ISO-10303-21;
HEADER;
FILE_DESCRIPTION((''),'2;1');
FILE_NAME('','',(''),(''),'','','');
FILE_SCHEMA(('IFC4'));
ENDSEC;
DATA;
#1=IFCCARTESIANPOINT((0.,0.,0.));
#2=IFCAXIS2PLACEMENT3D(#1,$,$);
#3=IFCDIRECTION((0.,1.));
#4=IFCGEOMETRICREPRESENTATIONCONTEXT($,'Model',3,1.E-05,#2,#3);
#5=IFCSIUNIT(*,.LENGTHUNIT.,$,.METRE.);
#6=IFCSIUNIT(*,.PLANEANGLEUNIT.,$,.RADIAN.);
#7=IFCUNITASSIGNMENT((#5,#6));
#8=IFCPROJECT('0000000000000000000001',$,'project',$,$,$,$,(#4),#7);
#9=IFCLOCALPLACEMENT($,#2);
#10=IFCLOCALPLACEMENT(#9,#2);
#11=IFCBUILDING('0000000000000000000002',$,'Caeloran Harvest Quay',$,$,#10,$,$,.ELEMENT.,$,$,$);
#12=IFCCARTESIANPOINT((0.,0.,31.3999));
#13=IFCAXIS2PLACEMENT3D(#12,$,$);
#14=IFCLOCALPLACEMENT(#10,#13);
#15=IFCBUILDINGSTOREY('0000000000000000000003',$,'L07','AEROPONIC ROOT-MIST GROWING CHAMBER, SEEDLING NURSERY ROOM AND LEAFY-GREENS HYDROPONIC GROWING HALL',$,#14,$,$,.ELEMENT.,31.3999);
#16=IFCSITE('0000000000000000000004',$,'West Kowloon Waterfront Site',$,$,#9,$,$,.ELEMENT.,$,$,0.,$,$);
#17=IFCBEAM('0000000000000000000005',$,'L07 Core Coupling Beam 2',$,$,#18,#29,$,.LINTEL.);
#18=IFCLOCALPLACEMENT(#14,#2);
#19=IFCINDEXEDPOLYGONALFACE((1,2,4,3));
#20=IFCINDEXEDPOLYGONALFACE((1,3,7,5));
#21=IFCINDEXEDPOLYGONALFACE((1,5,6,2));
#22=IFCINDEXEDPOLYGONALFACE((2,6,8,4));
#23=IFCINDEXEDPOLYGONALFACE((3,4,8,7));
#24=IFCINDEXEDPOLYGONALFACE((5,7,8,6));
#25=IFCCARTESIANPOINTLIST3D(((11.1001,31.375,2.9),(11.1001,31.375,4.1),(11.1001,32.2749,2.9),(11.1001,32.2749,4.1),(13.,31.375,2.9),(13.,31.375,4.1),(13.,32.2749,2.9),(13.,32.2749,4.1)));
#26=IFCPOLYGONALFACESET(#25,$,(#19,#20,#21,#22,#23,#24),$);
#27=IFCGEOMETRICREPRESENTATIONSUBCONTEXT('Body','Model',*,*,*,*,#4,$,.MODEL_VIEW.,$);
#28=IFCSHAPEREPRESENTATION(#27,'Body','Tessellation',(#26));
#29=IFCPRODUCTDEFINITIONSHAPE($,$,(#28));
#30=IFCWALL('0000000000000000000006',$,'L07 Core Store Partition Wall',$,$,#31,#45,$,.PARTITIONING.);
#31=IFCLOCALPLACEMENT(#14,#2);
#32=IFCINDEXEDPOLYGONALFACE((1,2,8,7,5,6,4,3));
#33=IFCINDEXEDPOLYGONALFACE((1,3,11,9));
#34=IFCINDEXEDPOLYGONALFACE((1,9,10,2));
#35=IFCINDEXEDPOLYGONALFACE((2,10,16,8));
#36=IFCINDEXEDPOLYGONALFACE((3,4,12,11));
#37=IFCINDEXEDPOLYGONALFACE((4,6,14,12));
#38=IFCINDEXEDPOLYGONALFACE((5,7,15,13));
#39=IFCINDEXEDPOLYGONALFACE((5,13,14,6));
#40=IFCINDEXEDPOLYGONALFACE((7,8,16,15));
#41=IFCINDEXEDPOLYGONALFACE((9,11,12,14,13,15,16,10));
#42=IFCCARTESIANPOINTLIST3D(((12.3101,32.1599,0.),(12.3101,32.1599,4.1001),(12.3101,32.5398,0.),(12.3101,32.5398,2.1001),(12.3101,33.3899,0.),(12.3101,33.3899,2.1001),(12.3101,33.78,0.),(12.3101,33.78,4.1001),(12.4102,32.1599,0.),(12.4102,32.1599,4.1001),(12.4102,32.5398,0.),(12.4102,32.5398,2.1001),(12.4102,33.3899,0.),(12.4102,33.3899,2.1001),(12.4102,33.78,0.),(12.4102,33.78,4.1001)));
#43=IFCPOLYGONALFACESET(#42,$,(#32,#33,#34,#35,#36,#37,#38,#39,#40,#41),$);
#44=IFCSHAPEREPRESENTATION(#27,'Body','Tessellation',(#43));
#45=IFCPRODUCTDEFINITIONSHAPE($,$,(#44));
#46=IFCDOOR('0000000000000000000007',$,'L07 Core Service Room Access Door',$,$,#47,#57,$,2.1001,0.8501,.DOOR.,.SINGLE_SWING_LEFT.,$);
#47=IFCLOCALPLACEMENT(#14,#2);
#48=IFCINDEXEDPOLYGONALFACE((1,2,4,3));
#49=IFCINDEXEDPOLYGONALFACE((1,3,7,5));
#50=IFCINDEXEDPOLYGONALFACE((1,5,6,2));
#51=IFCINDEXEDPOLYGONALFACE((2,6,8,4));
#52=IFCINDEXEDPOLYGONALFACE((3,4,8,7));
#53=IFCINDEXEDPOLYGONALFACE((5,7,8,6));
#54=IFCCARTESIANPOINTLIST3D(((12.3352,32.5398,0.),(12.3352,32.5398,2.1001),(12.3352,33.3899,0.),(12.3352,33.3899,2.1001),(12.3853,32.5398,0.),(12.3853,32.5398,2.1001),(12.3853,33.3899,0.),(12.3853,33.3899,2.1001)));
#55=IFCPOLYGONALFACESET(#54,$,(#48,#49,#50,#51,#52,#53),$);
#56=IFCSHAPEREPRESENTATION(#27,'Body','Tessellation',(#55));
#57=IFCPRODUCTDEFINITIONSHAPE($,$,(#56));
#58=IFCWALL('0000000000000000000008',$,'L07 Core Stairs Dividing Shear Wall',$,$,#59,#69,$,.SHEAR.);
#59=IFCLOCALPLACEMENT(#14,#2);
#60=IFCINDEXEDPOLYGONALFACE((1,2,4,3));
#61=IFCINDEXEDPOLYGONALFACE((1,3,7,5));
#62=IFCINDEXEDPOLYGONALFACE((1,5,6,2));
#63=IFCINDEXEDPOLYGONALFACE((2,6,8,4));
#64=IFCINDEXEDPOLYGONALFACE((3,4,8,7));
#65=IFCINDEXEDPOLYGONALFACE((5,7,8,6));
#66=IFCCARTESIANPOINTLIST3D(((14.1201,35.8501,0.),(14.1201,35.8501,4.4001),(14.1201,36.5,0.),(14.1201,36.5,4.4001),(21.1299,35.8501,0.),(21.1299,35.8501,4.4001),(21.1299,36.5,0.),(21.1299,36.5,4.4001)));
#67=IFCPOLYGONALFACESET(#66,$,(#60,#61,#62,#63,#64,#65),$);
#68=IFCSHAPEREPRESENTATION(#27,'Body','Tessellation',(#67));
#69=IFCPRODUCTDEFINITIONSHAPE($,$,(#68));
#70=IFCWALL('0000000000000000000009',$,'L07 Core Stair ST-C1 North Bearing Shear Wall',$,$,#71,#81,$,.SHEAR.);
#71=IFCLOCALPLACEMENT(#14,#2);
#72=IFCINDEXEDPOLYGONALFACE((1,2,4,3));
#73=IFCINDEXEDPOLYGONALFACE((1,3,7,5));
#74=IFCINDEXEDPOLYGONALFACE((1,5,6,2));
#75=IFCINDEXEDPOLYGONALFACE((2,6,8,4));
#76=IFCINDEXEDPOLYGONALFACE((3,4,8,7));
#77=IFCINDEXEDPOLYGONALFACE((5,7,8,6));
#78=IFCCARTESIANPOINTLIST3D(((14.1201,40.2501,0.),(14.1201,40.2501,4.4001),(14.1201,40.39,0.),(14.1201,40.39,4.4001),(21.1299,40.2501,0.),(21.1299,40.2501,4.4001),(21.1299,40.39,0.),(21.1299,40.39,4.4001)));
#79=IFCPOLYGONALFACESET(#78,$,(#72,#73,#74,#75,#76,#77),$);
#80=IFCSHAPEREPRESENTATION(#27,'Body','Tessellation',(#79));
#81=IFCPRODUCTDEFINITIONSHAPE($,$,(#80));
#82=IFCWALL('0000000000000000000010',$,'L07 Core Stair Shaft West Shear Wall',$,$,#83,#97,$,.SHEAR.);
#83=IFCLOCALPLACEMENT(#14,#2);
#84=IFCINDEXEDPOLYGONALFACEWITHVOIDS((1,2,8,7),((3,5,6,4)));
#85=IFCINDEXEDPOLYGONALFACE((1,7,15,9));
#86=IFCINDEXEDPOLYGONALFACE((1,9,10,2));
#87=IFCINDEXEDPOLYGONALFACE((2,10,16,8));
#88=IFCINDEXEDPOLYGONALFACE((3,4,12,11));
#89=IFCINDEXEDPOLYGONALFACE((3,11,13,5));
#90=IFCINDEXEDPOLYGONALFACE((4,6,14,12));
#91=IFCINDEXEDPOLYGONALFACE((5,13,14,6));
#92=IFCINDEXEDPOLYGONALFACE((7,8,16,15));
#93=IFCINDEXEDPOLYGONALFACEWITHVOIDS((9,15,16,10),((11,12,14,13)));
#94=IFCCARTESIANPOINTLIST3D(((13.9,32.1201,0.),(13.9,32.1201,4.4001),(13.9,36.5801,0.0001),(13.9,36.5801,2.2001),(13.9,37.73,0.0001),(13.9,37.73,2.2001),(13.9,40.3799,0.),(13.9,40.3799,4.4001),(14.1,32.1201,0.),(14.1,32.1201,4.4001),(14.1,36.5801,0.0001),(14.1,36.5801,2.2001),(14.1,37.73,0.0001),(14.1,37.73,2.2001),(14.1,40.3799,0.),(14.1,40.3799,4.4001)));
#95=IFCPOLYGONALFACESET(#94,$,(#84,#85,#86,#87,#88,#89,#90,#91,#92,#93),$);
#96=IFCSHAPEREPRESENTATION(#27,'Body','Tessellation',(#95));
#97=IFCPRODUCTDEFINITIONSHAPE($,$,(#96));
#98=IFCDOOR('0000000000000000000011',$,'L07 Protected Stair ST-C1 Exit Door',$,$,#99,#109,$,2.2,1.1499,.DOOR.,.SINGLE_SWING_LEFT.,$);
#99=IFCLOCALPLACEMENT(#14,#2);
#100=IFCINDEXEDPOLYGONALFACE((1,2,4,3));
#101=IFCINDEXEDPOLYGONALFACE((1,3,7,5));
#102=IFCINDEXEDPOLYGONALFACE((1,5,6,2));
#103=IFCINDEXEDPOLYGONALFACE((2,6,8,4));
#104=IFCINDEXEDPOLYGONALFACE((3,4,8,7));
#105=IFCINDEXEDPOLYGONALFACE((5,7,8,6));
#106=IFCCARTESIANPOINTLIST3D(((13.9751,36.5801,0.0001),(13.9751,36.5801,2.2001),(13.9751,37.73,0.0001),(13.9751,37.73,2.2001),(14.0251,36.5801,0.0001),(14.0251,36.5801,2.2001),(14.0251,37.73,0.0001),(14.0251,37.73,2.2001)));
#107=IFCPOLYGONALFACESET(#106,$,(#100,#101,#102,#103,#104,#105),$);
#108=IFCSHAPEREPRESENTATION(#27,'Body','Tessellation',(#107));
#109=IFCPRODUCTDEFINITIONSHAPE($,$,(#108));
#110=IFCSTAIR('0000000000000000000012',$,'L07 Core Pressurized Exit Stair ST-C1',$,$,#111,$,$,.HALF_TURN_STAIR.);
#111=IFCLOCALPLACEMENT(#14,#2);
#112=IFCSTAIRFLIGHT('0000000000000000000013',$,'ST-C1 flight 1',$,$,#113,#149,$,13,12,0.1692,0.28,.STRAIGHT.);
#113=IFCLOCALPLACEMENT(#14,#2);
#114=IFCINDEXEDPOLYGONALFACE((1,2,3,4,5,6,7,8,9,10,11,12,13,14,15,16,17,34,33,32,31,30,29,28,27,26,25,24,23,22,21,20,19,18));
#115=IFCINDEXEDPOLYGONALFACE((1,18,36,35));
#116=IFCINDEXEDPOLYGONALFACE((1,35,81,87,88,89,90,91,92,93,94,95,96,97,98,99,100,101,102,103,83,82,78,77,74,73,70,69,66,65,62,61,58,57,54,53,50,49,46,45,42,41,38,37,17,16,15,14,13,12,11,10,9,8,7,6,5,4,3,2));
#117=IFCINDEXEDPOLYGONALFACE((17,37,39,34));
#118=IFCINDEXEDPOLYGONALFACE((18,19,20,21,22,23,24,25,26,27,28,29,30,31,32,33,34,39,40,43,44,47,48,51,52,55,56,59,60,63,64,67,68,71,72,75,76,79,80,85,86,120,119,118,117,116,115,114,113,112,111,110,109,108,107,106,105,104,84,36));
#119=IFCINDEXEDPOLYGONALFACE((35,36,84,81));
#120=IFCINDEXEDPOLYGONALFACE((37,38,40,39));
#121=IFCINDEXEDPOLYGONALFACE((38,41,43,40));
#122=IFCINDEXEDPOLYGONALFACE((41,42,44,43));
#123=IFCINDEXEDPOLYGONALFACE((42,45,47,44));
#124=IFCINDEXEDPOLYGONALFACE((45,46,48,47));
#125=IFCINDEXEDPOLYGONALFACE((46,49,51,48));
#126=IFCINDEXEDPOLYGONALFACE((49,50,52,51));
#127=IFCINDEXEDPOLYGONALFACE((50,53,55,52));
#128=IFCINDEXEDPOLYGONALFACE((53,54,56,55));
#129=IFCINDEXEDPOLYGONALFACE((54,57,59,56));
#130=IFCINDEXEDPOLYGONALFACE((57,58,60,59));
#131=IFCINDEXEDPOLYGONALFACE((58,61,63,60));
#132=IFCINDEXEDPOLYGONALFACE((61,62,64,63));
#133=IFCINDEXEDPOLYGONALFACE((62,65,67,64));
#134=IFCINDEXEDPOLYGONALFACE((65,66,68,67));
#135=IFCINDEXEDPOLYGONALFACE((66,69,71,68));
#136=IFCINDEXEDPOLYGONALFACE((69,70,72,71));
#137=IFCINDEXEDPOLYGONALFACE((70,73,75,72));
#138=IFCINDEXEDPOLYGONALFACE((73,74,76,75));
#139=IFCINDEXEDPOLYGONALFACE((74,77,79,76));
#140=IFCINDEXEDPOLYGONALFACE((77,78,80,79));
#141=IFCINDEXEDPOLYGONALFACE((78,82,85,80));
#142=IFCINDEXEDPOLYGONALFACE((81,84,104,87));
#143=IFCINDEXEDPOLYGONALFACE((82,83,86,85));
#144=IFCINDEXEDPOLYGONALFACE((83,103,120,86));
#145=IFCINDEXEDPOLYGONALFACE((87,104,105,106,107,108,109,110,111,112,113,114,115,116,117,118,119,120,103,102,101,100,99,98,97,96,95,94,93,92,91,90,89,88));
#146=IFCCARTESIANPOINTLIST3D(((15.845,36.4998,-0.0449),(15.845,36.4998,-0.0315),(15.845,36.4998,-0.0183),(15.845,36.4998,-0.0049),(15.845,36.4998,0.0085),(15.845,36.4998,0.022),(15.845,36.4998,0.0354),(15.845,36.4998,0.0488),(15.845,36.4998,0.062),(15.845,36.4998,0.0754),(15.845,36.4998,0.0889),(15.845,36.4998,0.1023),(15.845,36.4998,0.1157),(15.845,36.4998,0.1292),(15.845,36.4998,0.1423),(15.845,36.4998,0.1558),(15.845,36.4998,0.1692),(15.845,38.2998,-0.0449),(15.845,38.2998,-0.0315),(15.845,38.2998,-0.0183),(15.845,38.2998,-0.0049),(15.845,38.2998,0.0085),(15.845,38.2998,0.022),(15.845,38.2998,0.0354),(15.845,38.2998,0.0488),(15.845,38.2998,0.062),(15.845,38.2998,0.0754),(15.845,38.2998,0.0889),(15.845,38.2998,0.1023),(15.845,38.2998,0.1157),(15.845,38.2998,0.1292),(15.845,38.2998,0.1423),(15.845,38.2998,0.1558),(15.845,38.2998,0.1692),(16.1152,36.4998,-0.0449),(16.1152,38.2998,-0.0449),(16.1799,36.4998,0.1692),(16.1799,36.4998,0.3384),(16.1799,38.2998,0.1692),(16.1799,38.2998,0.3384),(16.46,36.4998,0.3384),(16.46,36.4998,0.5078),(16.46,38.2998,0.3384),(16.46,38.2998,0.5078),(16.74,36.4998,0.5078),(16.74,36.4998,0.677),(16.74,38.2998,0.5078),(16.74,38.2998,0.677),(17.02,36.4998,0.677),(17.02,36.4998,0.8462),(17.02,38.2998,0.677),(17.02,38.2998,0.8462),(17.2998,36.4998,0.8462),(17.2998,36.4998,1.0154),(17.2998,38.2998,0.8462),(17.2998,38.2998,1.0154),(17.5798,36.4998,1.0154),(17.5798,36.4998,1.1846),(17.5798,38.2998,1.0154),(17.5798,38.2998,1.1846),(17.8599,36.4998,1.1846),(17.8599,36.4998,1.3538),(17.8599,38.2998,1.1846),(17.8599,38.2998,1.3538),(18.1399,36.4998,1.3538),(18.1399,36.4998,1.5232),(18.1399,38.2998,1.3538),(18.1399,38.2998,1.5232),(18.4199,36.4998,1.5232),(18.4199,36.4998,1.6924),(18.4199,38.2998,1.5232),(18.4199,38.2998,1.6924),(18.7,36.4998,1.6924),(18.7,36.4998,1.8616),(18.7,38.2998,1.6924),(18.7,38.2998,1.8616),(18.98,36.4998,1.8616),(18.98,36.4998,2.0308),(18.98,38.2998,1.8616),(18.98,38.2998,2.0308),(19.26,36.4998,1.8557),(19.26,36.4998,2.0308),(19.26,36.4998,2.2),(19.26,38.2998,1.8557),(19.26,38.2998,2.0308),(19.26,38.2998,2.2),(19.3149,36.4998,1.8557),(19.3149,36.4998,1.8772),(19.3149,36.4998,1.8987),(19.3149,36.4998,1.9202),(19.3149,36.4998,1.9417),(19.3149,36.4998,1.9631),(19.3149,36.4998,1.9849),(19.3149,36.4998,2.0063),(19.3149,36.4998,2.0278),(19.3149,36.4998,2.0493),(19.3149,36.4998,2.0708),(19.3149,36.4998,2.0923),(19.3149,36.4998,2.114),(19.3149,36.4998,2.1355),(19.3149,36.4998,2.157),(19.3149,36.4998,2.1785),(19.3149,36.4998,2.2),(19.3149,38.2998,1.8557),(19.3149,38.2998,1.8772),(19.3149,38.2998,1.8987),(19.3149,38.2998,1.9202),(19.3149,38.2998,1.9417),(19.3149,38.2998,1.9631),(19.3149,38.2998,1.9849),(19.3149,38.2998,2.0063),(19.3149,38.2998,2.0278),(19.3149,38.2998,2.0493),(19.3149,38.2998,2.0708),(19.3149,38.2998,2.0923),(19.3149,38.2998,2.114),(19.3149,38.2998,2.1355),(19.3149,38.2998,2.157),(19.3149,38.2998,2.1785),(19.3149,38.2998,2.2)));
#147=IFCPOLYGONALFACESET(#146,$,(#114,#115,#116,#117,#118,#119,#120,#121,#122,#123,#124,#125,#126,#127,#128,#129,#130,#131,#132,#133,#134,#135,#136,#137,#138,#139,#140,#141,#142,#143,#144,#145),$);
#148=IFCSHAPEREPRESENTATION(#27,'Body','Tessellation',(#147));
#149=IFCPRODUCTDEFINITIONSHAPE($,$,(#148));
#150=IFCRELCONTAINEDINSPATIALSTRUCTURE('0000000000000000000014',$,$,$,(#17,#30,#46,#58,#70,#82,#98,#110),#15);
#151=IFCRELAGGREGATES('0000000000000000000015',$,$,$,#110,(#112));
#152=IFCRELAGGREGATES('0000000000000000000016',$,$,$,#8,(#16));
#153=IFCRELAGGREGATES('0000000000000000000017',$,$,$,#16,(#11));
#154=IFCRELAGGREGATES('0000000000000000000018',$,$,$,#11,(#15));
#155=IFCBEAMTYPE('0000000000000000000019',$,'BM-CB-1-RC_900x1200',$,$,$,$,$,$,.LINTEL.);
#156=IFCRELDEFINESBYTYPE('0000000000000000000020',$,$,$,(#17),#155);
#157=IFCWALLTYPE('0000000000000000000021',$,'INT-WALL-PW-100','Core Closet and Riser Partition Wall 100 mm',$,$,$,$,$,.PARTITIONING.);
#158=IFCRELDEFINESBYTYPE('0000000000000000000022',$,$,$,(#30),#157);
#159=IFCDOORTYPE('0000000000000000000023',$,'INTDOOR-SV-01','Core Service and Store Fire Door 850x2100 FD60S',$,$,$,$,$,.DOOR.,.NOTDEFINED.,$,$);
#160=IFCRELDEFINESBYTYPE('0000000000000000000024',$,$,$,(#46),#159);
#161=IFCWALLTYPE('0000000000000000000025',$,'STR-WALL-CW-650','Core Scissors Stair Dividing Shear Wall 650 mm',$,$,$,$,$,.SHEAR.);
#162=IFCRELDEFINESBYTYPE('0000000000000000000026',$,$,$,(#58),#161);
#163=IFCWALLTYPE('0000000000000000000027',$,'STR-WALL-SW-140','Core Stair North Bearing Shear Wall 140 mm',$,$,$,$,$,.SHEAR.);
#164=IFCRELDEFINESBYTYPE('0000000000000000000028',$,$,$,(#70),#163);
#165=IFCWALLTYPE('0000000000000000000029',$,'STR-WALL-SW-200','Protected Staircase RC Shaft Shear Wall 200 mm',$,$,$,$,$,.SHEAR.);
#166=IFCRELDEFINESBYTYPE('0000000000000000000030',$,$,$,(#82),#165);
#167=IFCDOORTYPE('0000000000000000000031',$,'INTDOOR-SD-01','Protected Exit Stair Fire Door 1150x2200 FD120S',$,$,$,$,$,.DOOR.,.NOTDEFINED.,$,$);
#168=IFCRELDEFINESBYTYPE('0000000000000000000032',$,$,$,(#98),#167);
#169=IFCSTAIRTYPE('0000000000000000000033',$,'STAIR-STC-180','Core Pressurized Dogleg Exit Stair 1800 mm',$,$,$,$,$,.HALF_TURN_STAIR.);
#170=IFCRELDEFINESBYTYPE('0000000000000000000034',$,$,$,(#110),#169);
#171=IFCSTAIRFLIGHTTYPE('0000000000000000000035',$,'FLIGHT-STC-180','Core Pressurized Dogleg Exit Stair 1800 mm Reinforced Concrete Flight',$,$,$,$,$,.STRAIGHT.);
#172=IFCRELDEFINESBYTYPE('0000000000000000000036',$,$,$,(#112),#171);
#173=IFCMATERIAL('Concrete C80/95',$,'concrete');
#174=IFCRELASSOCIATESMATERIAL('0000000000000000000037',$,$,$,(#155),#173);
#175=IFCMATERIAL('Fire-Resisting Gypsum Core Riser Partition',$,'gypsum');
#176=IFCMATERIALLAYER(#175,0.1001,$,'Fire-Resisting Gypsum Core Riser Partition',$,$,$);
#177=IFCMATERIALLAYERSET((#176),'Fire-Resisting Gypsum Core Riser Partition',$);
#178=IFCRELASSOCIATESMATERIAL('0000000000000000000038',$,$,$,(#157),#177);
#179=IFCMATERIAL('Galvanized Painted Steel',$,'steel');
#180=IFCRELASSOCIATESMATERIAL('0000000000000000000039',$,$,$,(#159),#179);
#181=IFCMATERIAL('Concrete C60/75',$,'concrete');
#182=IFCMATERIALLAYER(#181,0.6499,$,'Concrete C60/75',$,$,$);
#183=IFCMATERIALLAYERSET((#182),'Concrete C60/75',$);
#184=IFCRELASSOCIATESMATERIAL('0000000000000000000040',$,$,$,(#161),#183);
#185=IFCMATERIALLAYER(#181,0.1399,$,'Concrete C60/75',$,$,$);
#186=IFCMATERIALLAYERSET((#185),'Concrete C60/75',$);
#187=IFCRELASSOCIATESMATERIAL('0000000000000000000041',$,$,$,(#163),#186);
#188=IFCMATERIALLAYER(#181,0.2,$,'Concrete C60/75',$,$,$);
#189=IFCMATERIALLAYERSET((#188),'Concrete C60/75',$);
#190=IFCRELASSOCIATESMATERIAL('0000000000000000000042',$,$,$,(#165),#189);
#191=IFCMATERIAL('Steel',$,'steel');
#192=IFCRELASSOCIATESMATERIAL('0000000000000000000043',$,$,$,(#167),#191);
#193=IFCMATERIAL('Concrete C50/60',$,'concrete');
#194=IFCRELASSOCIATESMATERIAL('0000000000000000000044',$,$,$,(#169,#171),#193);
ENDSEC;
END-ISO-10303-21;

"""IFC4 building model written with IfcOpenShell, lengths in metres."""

from ifc_helpers import new_model, si_unit, direction, frame, frame_2d, origin, origin_2d, place, context, subcontext, project, spatial, polyline, rectangle, outline, extrude, material, layer, layer_set, material_profile, profile_set, type_object, element, fill, aggregate, save


model = new_model("IFC4")

# Units and contexts
model_context = context("Model", 3, precision=1e-05, world=origin(), true_north=direction((0.0, 1.0)))
body_context = subcontext(model_context, "Body", "Model", "MODEL_VIEW")
ifc_project = project(units=[si_unit("LENGTHUNIT", "METRE"), si_unit("PLANEANGLEUNIT", "RADIAN")], contexts=[model_context])

# Site, building, storey
site_placement = place(None, origin())
site = spatial("IfcSite", under=ifc_project, at=site_placement, Name="West Kowloon Waterfront Site", CompositionType="ELEMENT", RefElevation=0.0)
building_placement = place(site_placement, origin())
building = spatial("IfcBuilding", under=site, at=building_placement, Name="Caeloran Harvest Quay", CompositionType="ELEMENT")
storey_placement = place(building_placement, frame((0.0, 0.0, 31.3999)))
storey = spatial("IfcBuildingStorey", under=building, at=storey_placement, Name="L07", Description="AEROPONIC ROOT-MIST GROWING CHAMBER, SEEDLING NURSERY ROOM AND LEAFY-GREENS HYDROPONIC GROWING HALL", CompositionType="ELEMENT", Elevation=31.3999)

# Beam
ifc_material_1 = material(Name="Concrete C80/95", Category="concrete")
ifc_material_profile = material_profile(ifc_material_1, rectangle(XDim=0.8999, YDim=1.2, at=origin_2d()), Name="RC 900x1200")
ifc_profile_set = profile_set([ifc_material_profile], Name="Concrete C80/95")
beam_type = type_object("IfcBeamType", Name="BM-CB-1-RC_900x1200", PredefinedType="LINTEL", material=ifc_profile_set)
beam_placement = place(storey_placement, frame((11.1001, 31.825, 3.5), z_axis=(1.0, 0.0, 0.0), x_axis=(0.0, 1.0, 0.0)))
element("IfcBeam", 1, at=beam_placement, inside=storey, type_object=beam_type, Name="L07 Core Coupling Beam 2", PredefinedType="LINTEL", context=body_context, shape_type="SweptSolid", body=[
    extrude(rectangle(XDim=0.8999, YDim=1.2, at=origin_2d()), origin(), (0.0, 0.0, 1.0), 1.8999),
])

# Wall, opening, door
ifc_material_2 = material(Name="Fire-Resisting Gypsum Core Riser Partition", Category="gypsum")
ifc_layer_1 = layer(ifc_material_2, 0.1001, Name="Fire-Resisting Gypsum Core Riser Partition")
ifc_layer_set_1 = layer_set([ifc_layer_1], Name="Fire-Resisting Gypsum Core Riser Partition")
wall_type_1 = type_object("IfcWallType", Name="INT-WALL-PW-100", Description="Core Closet and Riser Partition Wall 100 mm", PredefinedType="PARTITIONING", material=ifc_layer_set_1)
wall_1_placement = place(storey_placement, frame((12.3601, 32.1599, 0.0), z_axis=(0.0, 0.0, 1.0), x_axis=(0.0, 1.0, 0.0)))
wall_1 = element("IfcWall", 2, at=wall_1_placement, inside=storey, type_object=wall_type_1, Name="L07 Core Store Partition Wall", PredefinedType="PARTITIONING", context=body_context, shape_type="SweptSolid", body=[
    extrude(rectangle(XDim=1.6201, YDim=0.1001, at=frame_2d((0.8101, 0.0))), origin(), (0.0, 0.0, 1.0), 4.1001),
])
opening_1_placement = place(wall_1_placement, frame((0.3799, 0.0, 0.0)))
opening_1 = element("IfcOpeningElement", 3, at=opening_1_placement, cuts=wall_1, PredefinedType="OPENING", context=body_context, shape_type="SweptSolid", body=[
    extrude(rectangle(XDim=0.8501, YDim=2.1001, at=frame_2d((0.425, 1.05))), frame((0.0, 0.0601, 0.0), z_axis=(0.0, -1.0, 0.0), x_axis=(1.0, 0.0, 0.0)), (0.0, 0.0, 1.0), 0.1201),
])
ifc_material_3 = material(Name="Galvanized Painted Steel", Category="steel")
door_type_1 = type_object("IfcDoorType", Name="INTDOOR-SV-01", Description="Core Service and Store Fire Door 850x2100 FD60S", OperationType="NOTDEFINED", PredefinedType="DOOR", material=ifc_material_3)
door_1_placement = place(opening_1_placement, origin())
door_1 = element("IfcDoor", 4, at=door_1_placement, inside=storey, type_object=door_type_1, Name="L07 Core Service Room Access Door", OperationType="SINGLE_SWING_LEFT", OverallHeight=2.1001, OverallWidth=0.8501, PredefinedType="DOOR", context=body_context, shape_type="SweptSolid", body=[
    extrude(rectangle(XDim=0.8501, YDim=2.1001, at=frame_2d((0.425, 1.05))), frame((0.0, 0.0249, 0.0), z_axis=(0.0, -1.0, 0.0), x_axis=(1.0, 0.0, 0.0)), (0.0, 0.0, 1.0), 0.05),
])
fill(opening_1, door_1)

# Walls
ifc_material_4 = material(Name="Concrete C60/75", Category="concrete")
ifc_layer_2 = layer(ifc_material_4, 0.6499, Name="Concrete C60/75")
ifc_layer_set_2 = layer_set([ifc_layer_2], Name="Concrete C60/75")
wall_type_2 = type_object("IfcWallType", Name="STR-WALL-CW-650", Description="Core Scissors Stair Dividing Shear Wall 650 mm", PredefinedType="SHEAR", material=ifc_layer_set_2)
wall_2_placement = place(storey_placement, frame((14.1201, 36.175, 0.0), z_axis=(0.0, 0.0, 1.0), x_axis=(1.0, 0.0, 0.0)))
element("IfcWall", 5, at=wall_2_placement, inside=storey, type_object=wall_type_2, Name="L07 Core Stairs Dividing Shear Wall", PredefinedType="SHEAR", context=body_context, shape_type="SweptSolid", body=[
    extrude(rectangle(XDim=7.0098, YDim=0.6499, at=frame_2d((3.5049, 0.0))), origin(), (0.0, 0.0, 1.0), 4.4001),
])
ifc_layer_3 = layer(ifc_material_4, 0.1399, Name="Concrete C60/75")
ifc_layer_set_3 = layer_set([ifc_layer_3], Name="Concrete C60/75")
wall_type_3 = type_object("IfcWallType", Name="STR-WALL-SW-140", Description="Core Stair North Bearing Shear Wall 140 mm", PredefinedType="SHEAR", material=ifc_layer_set_3)
wall_3_placement = place(storey_placement, frame((14.1201, 40.3201, 0.0), z_axis=(0.0, 0.0, 1.0), x_axis=(1.0, 0.0, 0.0)))
element("IfcWall", 6, at=wall_3_placement, inside=storey, type_object=wall_type_3, Name="L07 Core Stair ST-C1 North Bearing Shear Wall", PredefinedType="SHEAR", context=body_context, shape_type="SweptSolid", body=[
    extrude(rectangle(XDim=7.0098, YDim=0.1399, at=frame_2d((3.5049, 0.0))), origin(), (0.0, 0.0, 1.0), 4.4001),
])

# Wall, opening, door
ifc_layer_4 = layer(ifc_material_4, 0.2, Name="Concrete C60/75")
ifc_layer_set_4 = layer_set([ifc_layer_4], Name="Concrete C60/75")
wall_type_4 = type_object("IfcWallType", Name="STR-WALL-SW-200", Description="Protected Staircase RC Shaft Shear Wall 200 mm", PredefinedType="SHEAR", material=ifc_layer_set_4)
wall_4_placement = place(storey_placement, frame((14.0, 32.1201, 0.0), z_axis=(0.0, 0.0, 1.0), x_axis=(0.0, 1.0, 0.0)))
wall_4 = element("IfcWall", 7, at=wall_4_placement, inside=storey, type_object=wall_type_4, Name="L07 Core Stair Shaft West Shear Wall", PredefinedType="SHEAR", context=body_context, shape_type="SweptSolid", body=[
    extrude(rectangle(XDim=8.2598, YDim=0.2, at=frame_2d((4.1299, 0.0))), origin(), (0.0, 0.0, 1.0), 4.4001),
])
opening_2_placement = place(wall_4_placement, frame((4.46, 0.0, 0.0)))
opening_2 = element("IfcOpeningElement", 8, at=opening_2_placement, cuts=wall_4, PredefinedType="OPENING", context=body_context, shape_type="SweptSolid", body=[
    extrude(rectangle(XDim=1.1499, YDim=2.2, at=frame_2d((0.575, 1.1001))), frame((0.0, 0.1099, 0.0), z_axis=(0.0, -1.0, 0.0), x_axis=(1.0, 0.0, 0.0)), (0.0, 0.0, 1.0), 0.22),
])
ifc_material_5 = material(Name="Steel", Category="steel")
door_type_2 = type_object("IfcDoorType", Name="INTDOOR-SD-01", Description="Protected Exit Stair Fire Door 1150x2200 FD120S", OperationType="NOTDEFINED", PredefinedType="DOOR", material=ifc_material_5)
door_2_placement = place(opening_2_placement, origin())
door_2 = element("IfcDoor", 9, at=door_2_placement, inside=storey, type_object=door_type_2, Name="L07 Protected Stair ST-C1 Exit Door", OperationType="SINGLE_SWING_LEFT", OverallHeight=2.2, OverallWidth=1.1499, PredefinedType="DOOR", context=body_context, shape_type="SweptSolid", body=[
    extrude(rectangle(XDim=1.1499, YDim=2.2, at=frame_2d((0.575, 1.1001))), frame((0.0, 0.0249, 0.0), z_axis=(0.0, -1.0, 0.0), x_axis=(1.0, 0.0, 0.0)), (0.0, 0.0, 1.0), 0.05),
])
fill(opening_2, door_2)

# Stair, stair flight
ifc_material_6 = material(Name="Concrete C50/60", Category="concrete")
stair_type = type_object("IfcStairType", Name="STAIR-STC-180", Description="Core Pressurized Dogleg Exit Stair 1800 mm", PredefinedType="HALF_TURN_STAIR", material=ifc_material_6)
stair_1_placement = place(storey_placement, origin())
stair_1 = element("IfcStair", 10, at=stair_1_placement, inside=storey, type_object=stair_type, Name="L07 Core Pressurized Exit Stair ST-C1", PredefinedType="HALF_TURN_STAIR")
stair_flight_type = type_object("IfcStairFlightType", Name="FLIGHT-STC-180", Description="Core Pressurized Dogleg Exit Stair 1800 mm Reinforced Concrete Flight", PredefinedType="STRAIGHT", material=ifc_material_6)
stair_flight_1_placement = place(storey_placement, frame((15.8999, 37.3999, 0.0), z_axis=(0.0, 0.0, 1.0), x_axis=(1.0, 0.0, 0.0)))
stair_flight_1 = element("IfcStairFlight", 11, at=stair_flight_1_placement, type_object=stair_flight_type, Name="ST-C1 flight 1", NumberOfRisers=13, NumberOfTreads=12, PredefinedType="STRAIGHT", RiserHeight=0.1692, TreadLength=0.28, context=body_context, shape_type="SweptSolid", body=[
    extrude(outline(polyline([(-0.0549, -0.0449), (-0.0549, -0.0315), (-0.0549, -0.0183), (-0.0549, -0.0049), (-0.0549, 0.0085), (-0.0549, 0.022), (-0.0549, 0.0354), (-0.0549, 0.0488), (-0.0549, 0.062), (-0.0549, 0.0754), (-0.0549, 0.0889), (-0.0549, 0.1023), (-0.0549, 0.1157), (-0.0549, 0.1292), (-0.0549, 0.1423), (-0.0549, 0.1558), (-0.0549, 0.1692), (0.28, 0.1692), (0.28, 0.3384), (0.5601, 0.3384), (0.5601, 0.5078), (0.8401, 0.5078), (0.8401, 0.677), (1.1201, 0.677), (1.1201, 0.8462), (1.3999, 0.8462), (1.3999, 1.0154), (1.6799, 1.0154), (1.6799, 1.1846), (1.96, 1.1846), (1.96, 1.3538), (2.24, 1.3538), (2.24, 1.5232), (2.52, 1.5232), (2.52, 1.6924), (2.8, 1.6924), (2.8, 1.8616), (3.0801, 1.8616), (3.0801, 2.0308), (3.3601, 2.0308), (3.3601, 2.2), (3.415, 2.2), (3.415, 2.1785), (3.415, 2.157), (3.415, 2.1355), (3.415, 2.114), (3.415, 2.0923), (3.415, 2.0708), (3.415, 2.0493), (3.415, 2.0278), (3.415, 2.0063), (3.415, 1.9849), (3.415, 1.9631), (3.415, 1.9417), (3.415, 1.9202), (3.415, 1.8987), (3.415, 1.8772), (3.415, 1.8557), (3.3601, 1.8557), (0.2153, -0.0449), (-0.0549, -0.0449)])), frame((0.0, 0.8999, 0.0), z_axis=(0.0, -1.0, 0.0), x_axis=(1.0, 0.0, 0.0)), (0.0, 0.0, 1.0), 1.8),
])
aggregate(stair_1, [stair_flight_1])

save(model, "model.ifc")
